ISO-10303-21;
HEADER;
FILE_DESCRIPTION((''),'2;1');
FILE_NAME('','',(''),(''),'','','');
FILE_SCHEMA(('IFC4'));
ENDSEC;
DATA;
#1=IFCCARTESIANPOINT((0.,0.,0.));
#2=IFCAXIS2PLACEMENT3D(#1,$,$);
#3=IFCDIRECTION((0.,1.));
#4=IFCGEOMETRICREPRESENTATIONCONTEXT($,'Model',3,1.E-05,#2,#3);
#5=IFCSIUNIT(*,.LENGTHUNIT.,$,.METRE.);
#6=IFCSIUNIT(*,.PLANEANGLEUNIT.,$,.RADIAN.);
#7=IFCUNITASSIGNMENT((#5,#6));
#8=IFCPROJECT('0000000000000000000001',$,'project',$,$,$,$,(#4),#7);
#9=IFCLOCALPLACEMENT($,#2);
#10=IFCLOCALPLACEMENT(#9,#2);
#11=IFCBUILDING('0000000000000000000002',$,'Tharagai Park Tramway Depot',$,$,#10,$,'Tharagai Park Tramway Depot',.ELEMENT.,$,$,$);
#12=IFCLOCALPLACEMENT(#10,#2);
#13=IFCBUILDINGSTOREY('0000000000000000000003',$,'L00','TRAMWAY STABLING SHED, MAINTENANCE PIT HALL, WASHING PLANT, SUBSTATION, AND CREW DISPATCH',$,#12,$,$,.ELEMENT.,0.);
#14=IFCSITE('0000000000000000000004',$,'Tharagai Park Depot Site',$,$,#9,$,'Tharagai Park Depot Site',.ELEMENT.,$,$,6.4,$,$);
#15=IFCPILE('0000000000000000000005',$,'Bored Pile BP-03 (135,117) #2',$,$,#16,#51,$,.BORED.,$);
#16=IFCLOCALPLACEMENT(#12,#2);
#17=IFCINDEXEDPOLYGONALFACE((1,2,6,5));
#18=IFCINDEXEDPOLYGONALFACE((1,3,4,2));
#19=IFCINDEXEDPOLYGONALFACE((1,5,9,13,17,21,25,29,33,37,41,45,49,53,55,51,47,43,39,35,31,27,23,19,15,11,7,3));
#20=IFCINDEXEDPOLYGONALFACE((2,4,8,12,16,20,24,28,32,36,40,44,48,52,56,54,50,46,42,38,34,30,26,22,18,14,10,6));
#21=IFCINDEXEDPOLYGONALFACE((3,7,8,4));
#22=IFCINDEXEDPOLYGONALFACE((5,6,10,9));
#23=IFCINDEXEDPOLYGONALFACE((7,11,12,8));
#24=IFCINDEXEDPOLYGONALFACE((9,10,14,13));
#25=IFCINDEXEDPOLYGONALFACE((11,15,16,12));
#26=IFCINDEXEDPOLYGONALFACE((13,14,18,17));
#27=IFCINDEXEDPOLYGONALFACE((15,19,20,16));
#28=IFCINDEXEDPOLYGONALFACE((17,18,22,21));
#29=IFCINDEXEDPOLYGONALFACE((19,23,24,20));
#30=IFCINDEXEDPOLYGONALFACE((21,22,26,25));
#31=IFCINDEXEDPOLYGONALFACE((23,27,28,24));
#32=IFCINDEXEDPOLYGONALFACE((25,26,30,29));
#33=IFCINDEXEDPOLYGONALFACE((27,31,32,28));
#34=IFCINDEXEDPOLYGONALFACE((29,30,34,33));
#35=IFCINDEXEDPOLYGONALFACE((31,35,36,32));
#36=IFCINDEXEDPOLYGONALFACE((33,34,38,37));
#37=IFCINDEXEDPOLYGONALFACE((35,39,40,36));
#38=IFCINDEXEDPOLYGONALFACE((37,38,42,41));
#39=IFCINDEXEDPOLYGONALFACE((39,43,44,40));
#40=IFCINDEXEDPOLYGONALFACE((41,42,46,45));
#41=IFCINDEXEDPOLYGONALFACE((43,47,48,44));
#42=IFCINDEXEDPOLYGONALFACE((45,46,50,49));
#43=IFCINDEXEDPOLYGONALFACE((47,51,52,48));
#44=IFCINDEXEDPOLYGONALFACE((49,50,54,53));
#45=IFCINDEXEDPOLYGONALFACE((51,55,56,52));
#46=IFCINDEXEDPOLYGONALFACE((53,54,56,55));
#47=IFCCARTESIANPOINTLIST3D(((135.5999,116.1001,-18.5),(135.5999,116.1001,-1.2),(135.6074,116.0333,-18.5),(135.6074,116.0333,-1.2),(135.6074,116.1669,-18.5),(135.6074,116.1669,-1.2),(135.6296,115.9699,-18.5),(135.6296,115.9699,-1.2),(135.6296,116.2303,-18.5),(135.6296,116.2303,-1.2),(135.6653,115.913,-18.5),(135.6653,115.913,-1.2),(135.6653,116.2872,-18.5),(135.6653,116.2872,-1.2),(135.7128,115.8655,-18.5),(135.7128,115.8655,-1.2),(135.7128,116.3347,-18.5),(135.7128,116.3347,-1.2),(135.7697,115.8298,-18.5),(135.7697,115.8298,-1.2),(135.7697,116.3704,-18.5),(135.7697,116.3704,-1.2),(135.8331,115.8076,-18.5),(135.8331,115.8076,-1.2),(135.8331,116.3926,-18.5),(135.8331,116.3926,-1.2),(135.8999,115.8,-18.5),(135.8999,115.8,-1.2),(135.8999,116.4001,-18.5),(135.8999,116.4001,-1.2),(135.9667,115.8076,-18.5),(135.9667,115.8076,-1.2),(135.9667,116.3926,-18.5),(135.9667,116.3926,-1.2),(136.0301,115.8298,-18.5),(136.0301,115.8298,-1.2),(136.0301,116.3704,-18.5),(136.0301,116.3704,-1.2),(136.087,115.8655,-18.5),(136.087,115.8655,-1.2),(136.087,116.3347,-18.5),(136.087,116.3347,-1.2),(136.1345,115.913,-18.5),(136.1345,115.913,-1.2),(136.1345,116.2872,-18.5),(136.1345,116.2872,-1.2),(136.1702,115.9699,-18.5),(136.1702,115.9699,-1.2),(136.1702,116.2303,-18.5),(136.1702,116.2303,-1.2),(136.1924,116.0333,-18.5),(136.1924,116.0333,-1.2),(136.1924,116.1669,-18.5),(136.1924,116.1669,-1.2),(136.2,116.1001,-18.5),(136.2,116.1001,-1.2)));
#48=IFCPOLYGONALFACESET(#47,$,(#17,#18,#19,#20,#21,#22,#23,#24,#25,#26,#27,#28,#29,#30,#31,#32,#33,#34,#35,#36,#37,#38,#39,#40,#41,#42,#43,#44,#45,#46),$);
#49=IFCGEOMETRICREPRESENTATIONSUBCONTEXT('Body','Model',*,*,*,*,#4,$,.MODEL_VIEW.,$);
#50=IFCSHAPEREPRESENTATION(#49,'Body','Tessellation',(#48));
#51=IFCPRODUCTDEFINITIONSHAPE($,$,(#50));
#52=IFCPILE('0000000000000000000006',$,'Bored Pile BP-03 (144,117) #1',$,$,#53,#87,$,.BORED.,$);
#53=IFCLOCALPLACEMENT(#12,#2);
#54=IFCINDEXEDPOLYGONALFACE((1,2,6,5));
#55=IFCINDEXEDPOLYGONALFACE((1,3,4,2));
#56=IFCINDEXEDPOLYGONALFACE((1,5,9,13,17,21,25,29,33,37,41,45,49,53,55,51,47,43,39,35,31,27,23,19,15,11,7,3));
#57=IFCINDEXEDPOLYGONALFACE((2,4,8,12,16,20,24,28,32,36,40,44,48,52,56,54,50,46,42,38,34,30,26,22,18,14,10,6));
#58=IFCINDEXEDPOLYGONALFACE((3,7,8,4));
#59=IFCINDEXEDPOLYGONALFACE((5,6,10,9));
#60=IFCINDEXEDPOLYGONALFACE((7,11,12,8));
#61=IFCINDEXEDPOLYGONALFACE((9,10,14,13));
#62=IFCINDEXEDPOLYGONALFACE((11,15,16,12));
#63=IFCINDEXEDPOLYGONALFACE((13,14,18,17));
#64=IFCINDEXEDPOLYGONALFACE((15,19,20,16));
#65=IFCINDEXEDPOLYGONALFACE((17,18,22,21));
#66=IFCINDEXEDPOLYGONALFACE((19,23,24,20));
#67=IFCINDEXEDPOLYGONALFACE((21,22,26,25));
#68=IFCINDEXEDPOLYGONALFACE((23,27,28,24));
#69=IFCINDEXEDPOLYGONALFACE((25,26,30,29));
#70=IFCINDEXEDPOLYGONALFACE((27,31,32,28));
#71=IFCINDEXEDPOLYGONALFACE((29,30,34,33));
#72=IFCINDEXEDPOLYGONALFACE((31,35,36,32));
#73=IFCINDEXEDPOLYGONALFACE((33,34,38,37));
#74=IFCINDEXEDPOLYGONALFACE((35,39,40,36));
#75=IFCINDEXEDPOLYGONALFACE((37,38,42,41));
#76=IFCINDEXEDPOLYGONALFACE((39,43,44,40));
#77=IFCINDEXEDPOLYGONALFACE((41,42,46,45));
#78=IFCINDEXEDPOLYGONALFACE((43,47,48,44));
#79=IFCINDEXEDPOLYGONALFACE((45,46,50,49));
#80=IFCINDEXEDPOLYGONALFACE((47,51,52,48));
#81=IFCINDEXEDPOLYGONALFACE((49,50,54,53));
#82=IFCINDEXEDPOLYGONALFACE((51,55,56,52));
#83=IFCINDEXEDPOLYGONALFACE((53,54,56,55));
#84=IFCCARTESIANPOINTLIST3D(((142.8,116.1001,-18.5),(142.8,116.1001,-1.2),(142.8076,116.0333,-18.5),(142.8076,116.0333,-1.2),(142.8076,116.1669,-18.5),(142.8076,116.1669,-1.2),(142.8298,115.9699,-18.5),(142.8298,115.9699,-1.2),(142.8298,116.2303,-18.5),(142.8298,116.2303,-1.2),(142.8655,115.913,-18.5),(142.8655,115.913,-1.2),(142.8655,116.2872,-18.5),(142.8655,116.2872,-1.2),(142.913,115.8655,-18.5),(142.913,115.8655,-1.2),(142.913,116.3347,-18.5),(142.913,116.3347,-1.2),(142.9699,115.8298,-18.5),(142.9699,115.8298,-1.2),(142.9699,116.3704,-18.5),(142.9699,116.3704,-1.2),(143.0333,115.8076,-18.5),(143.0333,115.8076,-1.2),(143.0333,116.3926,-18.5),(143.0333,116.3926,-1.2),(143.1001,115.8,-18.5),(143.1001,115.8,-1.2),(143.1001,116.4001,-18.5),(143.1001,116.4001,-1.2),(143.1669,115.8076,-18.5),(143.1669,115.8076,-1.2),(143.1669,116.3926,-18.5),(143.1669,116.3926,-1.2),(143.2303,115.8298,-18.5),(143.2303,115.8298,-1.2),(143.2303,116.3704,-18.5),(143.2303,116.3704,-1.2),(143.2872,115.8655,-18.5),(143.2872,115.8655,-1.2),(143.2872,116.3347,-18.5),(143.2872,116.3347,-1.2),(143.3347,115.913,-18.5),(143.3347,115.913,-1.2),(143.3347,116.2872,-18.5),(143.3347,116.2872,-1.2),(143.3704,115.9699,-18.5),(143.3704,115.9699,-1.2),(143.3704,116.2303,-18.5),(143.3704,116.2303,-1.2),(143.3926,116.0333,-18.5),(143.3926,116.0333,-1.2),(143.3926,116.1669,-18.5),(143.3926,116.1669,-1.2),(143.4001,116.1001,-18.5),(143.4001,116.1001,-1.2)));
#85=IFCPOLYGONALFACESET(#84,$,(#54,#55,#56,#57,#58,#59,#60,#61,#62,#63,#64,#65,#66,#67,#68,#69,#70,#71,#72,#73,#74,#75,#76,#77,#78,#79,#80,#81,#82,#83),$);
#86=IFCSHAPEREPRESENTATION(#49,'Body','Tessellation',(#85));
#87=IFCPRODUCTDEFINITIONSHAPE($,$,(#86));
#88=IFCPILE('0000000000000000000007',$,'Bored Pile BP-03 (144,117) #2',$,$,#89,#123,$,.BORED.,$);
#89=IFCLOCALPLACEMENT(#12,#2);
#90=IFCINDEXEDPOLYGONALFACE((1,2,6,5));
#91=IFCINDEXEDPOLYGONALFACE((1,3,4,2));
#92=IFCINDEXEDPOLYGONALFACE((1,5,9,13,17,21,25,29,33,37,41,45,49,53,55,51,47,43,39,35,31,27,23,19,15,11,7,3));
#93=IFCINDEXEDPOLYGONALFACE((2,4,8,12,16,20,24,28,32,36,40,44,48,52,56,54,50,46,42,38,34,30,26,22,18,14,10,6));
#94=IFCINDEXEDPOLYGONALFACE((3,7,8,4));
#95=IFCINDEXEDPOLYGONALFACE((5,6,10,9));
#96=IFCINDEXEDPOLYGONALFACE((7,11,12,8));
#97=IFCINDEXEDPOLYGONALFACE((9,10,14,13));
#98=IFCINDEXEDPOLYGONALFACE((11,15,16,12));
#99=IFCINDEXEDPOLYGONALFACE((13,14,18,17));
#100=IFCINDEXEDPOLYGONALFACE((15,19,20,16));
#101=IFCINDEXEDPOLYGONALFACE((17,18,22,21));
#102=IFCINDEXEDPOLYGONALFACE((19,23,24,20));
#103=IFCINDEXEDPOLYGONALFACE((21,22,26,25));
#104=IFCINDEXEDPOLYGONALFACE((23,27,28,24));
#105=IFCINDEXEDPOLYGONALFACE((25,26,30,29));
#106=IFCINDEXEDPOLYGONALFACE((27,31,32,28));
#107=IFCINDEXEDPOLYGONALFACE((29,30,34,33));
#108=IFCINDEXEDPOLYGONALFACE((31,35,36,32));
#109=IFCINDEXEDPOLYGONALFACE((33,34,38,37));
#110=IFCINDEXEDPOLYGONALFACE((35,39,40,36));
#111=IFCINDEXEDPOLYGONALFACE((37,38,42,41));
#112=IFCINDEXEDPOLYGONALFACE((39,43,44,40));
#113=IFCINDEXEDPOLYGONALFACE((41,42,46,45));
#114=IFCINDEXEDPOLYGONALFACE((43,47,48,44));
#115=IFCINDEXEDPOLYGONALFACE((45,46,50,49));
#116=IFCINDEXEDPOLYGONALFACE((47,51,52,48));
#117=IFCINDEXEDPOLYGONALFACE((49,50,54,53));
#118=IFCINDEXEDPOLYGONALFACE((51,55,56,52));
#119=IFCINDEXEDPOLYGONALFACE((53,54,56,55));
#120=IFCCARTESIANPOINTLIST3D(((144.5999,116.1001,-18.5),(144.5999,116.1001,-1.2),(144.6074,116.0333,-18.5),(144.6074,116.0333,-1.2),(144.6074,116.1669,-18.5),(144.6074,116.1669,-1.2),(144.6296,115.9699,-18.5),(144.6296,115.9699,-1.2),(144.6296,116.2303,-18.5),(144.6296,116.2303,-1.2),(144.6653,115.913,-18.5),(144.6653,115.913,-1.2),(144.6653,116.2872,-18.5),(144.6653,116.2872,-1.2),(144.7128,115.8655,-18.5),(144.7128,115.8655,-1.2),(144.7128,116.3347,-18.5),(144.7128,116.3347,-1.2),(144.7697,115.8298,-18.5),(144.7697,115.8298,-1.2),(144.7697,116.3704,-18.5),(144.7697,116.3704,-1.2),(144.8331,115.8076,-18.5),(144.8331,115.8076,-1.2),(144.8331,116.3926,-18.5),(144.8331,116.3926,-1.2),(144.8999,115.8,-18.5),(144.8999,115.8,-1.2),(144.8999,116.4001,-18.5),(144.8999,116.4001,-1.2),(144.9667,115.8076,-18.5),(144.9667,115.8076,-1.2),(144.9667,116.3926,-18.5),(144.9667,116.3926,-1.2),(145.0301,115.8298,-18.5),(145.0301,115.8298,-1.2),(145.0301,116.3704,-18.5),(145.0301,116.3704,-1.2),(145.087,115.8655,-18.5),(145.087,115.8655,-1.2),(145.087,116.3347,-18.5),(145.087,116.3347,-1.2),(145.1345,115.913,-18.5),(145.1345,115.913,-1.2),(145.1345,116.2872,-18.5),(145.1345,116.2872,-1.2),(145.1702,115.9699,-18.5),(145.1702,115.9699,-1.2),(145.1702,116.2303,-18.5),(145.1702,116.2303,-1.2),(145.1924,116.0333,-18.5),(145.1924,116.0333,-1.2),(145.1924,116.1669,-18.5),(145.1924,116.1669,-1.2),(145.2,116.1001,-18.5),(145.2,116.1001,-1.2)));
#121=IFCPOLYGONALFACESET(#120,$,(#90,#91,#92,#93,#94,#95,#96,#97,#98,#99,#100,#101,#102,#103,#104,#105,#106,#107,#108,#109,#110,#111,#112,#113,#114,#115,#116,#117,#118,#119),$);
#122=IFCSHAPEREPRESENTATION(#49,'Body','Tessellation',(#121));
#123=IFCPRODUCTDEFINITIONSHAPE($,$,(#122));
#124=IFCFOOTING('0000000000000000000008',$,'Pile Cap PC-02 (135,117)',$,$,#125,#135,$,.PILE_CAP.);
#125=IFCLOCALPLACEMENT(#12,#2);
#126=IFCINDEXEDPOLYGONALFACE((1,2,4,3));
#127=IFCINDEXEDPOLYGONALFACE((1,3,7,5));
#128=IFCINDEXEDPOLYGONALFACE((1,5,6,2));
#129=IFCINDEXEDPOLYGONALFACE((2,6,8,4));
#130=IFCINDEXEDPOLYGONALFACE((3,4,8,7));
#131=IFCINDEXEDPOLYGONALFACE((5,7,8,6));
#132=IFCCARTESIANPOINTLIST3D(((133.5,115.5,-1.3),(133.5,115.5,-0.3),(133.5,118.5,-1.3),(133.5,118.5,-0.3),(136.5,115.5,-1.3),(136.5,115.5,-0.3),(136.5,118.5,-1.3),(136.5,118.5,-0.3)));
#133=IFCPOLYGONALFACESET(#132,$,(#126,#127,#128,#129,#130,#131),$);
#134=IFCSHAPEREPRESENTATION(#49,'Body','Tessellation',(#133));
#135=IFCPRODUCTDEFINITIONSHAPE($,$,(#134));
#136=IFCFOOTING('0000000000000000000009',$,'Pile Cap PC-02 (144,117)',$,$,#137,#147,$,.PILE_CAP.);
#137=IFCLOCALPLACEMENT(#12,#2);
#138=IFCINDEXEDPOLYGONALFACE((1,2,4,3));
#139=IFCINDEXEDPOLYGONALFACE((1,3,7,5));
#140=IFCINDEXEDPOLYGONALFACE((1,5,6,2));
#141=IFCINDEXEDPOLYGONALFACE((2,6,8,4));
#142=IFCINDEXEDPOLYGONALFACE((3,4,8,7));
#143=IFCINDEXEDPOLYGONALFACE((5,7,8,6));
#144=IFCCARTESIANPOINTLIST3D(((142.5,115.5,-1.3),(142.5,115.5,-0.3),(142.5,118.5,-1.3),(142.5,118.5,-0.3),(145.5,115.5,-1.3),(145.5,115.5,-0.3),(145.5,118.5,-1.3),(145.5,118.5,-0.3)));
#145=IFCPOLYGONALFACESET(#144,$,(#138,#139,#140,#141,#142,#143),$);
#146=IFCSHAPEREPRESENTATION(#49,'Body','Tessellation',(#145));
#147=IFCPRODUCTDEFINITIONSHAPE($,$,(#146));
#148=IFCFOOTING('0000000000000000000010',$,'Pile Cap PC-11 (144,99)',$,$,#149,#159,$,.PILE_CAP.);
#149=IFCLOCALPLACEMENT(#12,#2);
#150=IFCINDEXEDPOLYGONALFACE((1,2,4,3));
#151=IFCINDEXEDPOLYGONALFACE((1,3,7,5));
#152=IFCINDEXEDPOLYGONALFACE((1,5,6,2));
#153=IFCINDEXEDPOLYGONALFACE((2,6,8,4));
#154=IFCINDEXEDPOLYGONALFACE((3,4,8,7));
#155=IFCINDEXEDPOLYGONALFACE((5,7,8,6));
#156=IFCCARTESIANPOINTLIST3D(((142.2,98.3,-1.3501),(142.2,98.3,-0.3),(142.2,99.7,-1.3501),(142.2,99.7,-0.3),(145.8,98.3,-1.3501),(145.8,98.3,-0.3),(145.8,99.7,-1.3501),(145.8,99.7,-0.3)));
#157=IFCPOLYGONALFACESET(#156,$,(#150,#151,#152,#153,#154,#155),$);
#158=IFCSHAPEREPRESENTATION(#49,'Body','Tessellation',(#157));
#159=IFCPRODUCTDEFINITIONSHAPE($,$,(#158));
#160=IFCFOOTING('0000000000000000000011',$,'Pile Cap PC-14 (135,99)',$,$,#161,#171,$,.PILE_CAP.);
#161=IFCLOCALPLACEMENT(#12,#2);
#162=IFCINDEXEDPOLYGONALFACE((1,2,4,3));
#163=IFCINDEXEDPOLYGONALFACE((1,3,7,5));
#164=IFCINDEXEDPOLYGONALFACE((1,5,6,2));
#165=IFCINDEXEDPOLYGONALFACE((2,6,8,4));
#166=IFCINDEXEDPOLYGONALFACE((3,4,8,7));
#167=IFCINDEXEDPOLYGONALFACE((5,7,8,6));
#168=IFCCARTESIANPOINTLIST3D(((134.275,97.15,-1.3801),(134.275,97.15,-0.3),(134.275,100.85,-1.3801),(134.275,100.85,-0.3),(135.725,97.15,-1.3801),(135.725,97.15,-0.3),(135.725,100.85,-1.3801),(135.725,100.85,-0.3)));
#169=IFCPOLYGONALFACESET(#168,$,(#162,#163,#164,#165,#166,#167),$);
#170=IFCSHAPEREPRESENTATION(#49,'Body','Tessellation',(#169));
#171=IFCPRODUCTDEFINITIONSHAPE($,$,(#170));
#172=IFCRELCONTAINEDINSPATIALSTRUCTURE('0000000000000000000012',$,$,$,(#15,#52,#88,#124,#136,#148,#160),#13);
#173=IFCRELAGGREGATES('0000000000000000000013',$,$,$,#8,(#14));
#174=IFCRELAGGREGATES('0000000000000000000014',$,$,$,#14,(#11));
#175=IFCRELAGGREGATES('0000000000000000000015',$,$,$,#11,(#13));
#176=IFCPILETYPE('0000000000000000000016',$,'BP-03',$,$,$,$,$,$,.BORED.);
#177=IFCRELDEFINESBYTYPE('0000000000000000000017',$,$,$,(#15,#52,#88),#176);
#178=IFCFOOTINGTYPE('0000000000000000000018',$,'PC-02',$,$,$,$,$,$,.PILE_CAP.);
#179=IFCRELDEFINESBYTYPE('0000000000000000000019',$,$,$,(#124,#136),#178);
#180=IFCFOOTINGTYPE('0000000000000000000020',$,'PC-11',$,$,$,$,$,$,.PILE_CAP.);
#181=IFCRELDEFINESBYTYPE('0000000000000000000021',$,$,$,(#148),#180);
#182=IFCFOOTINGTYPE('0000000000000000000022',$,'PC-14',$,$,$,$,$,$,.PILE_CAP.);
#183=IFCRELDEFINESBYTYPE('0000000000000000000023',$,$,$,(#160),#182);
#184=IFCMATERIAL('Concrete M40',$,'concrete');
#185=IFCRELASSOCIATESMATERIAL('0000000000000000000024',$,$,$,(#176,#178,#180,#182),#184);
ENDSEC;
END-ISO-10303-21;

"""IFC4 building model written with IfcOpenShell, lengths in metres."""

from ifc_helpers import new_model, si_unit, direction, frame, origin, origin_2d, place, context, subcontext, project, spatial, rectangle, circle, extrude, material, material_profile, profile_set, type_object, element, save


model = new_model("IFC4")

# Units and contexts
model_context = context("Model", 3, precision=1e-05, world=origin(), true_north=direction((0.0, 1.0)))
body_context = subcontext(model_context, "Body", "Model", "MODEL_VIEW")
ifc_project = project(units=[si_unit("LENGTHUNIT", "METRE"), si_unit("PLANEANGLEUNIT", "RADIAN")], contexts=[model_context])

# Site, building, storey
site_placement = place(None, origin())
site = spatial("IfcSite", under=ifc_project, at=site_placement, Name="Tharagai Park Depot Site", LongName="Tharagai Park Depot Site", CompositionType="ELEMENT", RefElevation=6.4)
building_placement = place(site_placement, origin())
building = spatial("IfcBuilding", under=site, at=building_placement, Name="Tharagai Park Tramway Depot", LongName="Tharagai Park Tramway Depot", CompositionType="ELEMENT")
storey_placement = place(building_placement, origin())
storey = spatial("IfcBuildingStorey", under=building, at=storey_placement, Name="L00", Description="TRAMWAY STABLING SHED, MAINTENANCE PIT HALL, WASHING PLANT, SUBSTATION, AND CREW DISPATCH", CompositionType="ELEMENT", Elevation=0.0)

# Piles
ifc_material_1 = material(Name="Concrete M40", Category="concrete")
ifc_material_profile_1 = material_profile(ifc_material_1, circle(Radius=0.3, at=origin_2d()), Name="PILE D600")
ifc_profile_set_1 = profile_set([ifc_material_profile_1], Name="Concrete M40")
pile_type_1 = type_object("IfcPileType", Name="BP-03", PredefinedType="BORED", material=ifc_profile_set_1)
for number, where, z_axis, x_axis, name in (
    (1, (135.8999, 116.1001, -1.2), (0.0, 0.0, -1.0), (1.0, 0.0, 0.0), "Bored Pile BP-03 (135,117) #2"),
    (2, (143.1001, 116.1001, -1.2), (0.0, 0.0, -1.0), (1.0, 0.0, 0.0), "Bored Pile BP-03 (144,117) #1"),
    (3, (144.8999, 116.1001, -1.2), (0.0, 0.0, -1.0), (1.0, 0.0, 0.0), "Bored Pile BP-03 (144,117) #2"),
):
    element("IfcPile", number, at=place(storey_placement, frame(where, z_axis=z_axis, x_axis=x_axis)), inside=storey, type_object=pile_type_1, Name=name, PredefinedType="BORED", context=body_context, shape_type="SweptSolid", body=[
        extrude(circle(Radius=0.3, at=origin_2d()), origin(), (0.0, 0.0, 1.0), 17.3),
    ])

# Footings
footing_type_1 = type_object("IfcFootingType", Name="PC-02", PredefinedType="PILE_CAP", material=ifc_material_1)
for number, where, z_axis, x_axis, name in (
    (4, (135.0, 117.0, -1.3), (0.0, 0.0, 1.0), (1.0, 0.0, 0.0), "Pile Cap PC-02 (135,117)"),
    (5, (144.0, 117.0, -1.3), (0.0, 0.0, 1.0), (1.0, 0.0, 0.0), "Pile Cap PC-02 (144,117)"),
):
    element("IfcFooting", number, at=place(storey_placement, frame(where, z_axis=z_axis, x_axis=x_axis)), inside=storey, type_object=footing_type_1, Name=name, PredefinedType="PILE_CAP", context=body_context, shape_type="SweptSolid", body=[
        extrude(rectangle(XDim=3.0, YDim=3.0, at=origin_2d()), origin(), (0.0, 0.0, 1.0), 1.0),
    ])
footing_type_2 = type_object("IfcFootingType", Name="PC-11", PredefinedType="PILE_CAP", material=ifc_material_1)
footing_1_placement = place(storey_placement, frame((144.0, 99.0, -1.3501), z_axis=(0.0, 0.0, 1.0), x_axis=(1.0, 0.0, 0.0)))
element("IfcFooting", 6, at=footing_1_placement, inside=storey, type_object=footing_type_2, Name="Pile Cap PC-11 (144,99)", PredefinedType="PILE_CAP", context=body_context, shape_type="SweptSolid", body=[
    extrude(rectangle(XDim=3.6001, YDim=1.3999, at=origin_2d()), origin(), (0.0, 0.0, 1.0), 1.05),
])
footing_type_3 = type_object("IfcFootingType", Name="PC-14", PredefinedType="PILE_CAP", material=ifc_material_1)
footing_2_placement = place(storey_placement, frame((135.0, 99.0, -1.3801), z_axis=(0.0, 0.0, 1.0), x_axis=(1.0, 0.0, 0.0)))
element("IfcFooting", 7, at=footing_2_placement, inside=storey, type_object=footing_type_3, Name="Pile Cap PC-14 (135,99)", PredefinedType="PILE_CAP", context=body_context, shape_type="SweptSolid", body=[
    extrude(rectangle(XDim=1.45, YDim=3.7, at=origin_2d()), origin(), (0.0, 0.0, 1.0), 1.0801),
])

save(model, "model.ifc")
